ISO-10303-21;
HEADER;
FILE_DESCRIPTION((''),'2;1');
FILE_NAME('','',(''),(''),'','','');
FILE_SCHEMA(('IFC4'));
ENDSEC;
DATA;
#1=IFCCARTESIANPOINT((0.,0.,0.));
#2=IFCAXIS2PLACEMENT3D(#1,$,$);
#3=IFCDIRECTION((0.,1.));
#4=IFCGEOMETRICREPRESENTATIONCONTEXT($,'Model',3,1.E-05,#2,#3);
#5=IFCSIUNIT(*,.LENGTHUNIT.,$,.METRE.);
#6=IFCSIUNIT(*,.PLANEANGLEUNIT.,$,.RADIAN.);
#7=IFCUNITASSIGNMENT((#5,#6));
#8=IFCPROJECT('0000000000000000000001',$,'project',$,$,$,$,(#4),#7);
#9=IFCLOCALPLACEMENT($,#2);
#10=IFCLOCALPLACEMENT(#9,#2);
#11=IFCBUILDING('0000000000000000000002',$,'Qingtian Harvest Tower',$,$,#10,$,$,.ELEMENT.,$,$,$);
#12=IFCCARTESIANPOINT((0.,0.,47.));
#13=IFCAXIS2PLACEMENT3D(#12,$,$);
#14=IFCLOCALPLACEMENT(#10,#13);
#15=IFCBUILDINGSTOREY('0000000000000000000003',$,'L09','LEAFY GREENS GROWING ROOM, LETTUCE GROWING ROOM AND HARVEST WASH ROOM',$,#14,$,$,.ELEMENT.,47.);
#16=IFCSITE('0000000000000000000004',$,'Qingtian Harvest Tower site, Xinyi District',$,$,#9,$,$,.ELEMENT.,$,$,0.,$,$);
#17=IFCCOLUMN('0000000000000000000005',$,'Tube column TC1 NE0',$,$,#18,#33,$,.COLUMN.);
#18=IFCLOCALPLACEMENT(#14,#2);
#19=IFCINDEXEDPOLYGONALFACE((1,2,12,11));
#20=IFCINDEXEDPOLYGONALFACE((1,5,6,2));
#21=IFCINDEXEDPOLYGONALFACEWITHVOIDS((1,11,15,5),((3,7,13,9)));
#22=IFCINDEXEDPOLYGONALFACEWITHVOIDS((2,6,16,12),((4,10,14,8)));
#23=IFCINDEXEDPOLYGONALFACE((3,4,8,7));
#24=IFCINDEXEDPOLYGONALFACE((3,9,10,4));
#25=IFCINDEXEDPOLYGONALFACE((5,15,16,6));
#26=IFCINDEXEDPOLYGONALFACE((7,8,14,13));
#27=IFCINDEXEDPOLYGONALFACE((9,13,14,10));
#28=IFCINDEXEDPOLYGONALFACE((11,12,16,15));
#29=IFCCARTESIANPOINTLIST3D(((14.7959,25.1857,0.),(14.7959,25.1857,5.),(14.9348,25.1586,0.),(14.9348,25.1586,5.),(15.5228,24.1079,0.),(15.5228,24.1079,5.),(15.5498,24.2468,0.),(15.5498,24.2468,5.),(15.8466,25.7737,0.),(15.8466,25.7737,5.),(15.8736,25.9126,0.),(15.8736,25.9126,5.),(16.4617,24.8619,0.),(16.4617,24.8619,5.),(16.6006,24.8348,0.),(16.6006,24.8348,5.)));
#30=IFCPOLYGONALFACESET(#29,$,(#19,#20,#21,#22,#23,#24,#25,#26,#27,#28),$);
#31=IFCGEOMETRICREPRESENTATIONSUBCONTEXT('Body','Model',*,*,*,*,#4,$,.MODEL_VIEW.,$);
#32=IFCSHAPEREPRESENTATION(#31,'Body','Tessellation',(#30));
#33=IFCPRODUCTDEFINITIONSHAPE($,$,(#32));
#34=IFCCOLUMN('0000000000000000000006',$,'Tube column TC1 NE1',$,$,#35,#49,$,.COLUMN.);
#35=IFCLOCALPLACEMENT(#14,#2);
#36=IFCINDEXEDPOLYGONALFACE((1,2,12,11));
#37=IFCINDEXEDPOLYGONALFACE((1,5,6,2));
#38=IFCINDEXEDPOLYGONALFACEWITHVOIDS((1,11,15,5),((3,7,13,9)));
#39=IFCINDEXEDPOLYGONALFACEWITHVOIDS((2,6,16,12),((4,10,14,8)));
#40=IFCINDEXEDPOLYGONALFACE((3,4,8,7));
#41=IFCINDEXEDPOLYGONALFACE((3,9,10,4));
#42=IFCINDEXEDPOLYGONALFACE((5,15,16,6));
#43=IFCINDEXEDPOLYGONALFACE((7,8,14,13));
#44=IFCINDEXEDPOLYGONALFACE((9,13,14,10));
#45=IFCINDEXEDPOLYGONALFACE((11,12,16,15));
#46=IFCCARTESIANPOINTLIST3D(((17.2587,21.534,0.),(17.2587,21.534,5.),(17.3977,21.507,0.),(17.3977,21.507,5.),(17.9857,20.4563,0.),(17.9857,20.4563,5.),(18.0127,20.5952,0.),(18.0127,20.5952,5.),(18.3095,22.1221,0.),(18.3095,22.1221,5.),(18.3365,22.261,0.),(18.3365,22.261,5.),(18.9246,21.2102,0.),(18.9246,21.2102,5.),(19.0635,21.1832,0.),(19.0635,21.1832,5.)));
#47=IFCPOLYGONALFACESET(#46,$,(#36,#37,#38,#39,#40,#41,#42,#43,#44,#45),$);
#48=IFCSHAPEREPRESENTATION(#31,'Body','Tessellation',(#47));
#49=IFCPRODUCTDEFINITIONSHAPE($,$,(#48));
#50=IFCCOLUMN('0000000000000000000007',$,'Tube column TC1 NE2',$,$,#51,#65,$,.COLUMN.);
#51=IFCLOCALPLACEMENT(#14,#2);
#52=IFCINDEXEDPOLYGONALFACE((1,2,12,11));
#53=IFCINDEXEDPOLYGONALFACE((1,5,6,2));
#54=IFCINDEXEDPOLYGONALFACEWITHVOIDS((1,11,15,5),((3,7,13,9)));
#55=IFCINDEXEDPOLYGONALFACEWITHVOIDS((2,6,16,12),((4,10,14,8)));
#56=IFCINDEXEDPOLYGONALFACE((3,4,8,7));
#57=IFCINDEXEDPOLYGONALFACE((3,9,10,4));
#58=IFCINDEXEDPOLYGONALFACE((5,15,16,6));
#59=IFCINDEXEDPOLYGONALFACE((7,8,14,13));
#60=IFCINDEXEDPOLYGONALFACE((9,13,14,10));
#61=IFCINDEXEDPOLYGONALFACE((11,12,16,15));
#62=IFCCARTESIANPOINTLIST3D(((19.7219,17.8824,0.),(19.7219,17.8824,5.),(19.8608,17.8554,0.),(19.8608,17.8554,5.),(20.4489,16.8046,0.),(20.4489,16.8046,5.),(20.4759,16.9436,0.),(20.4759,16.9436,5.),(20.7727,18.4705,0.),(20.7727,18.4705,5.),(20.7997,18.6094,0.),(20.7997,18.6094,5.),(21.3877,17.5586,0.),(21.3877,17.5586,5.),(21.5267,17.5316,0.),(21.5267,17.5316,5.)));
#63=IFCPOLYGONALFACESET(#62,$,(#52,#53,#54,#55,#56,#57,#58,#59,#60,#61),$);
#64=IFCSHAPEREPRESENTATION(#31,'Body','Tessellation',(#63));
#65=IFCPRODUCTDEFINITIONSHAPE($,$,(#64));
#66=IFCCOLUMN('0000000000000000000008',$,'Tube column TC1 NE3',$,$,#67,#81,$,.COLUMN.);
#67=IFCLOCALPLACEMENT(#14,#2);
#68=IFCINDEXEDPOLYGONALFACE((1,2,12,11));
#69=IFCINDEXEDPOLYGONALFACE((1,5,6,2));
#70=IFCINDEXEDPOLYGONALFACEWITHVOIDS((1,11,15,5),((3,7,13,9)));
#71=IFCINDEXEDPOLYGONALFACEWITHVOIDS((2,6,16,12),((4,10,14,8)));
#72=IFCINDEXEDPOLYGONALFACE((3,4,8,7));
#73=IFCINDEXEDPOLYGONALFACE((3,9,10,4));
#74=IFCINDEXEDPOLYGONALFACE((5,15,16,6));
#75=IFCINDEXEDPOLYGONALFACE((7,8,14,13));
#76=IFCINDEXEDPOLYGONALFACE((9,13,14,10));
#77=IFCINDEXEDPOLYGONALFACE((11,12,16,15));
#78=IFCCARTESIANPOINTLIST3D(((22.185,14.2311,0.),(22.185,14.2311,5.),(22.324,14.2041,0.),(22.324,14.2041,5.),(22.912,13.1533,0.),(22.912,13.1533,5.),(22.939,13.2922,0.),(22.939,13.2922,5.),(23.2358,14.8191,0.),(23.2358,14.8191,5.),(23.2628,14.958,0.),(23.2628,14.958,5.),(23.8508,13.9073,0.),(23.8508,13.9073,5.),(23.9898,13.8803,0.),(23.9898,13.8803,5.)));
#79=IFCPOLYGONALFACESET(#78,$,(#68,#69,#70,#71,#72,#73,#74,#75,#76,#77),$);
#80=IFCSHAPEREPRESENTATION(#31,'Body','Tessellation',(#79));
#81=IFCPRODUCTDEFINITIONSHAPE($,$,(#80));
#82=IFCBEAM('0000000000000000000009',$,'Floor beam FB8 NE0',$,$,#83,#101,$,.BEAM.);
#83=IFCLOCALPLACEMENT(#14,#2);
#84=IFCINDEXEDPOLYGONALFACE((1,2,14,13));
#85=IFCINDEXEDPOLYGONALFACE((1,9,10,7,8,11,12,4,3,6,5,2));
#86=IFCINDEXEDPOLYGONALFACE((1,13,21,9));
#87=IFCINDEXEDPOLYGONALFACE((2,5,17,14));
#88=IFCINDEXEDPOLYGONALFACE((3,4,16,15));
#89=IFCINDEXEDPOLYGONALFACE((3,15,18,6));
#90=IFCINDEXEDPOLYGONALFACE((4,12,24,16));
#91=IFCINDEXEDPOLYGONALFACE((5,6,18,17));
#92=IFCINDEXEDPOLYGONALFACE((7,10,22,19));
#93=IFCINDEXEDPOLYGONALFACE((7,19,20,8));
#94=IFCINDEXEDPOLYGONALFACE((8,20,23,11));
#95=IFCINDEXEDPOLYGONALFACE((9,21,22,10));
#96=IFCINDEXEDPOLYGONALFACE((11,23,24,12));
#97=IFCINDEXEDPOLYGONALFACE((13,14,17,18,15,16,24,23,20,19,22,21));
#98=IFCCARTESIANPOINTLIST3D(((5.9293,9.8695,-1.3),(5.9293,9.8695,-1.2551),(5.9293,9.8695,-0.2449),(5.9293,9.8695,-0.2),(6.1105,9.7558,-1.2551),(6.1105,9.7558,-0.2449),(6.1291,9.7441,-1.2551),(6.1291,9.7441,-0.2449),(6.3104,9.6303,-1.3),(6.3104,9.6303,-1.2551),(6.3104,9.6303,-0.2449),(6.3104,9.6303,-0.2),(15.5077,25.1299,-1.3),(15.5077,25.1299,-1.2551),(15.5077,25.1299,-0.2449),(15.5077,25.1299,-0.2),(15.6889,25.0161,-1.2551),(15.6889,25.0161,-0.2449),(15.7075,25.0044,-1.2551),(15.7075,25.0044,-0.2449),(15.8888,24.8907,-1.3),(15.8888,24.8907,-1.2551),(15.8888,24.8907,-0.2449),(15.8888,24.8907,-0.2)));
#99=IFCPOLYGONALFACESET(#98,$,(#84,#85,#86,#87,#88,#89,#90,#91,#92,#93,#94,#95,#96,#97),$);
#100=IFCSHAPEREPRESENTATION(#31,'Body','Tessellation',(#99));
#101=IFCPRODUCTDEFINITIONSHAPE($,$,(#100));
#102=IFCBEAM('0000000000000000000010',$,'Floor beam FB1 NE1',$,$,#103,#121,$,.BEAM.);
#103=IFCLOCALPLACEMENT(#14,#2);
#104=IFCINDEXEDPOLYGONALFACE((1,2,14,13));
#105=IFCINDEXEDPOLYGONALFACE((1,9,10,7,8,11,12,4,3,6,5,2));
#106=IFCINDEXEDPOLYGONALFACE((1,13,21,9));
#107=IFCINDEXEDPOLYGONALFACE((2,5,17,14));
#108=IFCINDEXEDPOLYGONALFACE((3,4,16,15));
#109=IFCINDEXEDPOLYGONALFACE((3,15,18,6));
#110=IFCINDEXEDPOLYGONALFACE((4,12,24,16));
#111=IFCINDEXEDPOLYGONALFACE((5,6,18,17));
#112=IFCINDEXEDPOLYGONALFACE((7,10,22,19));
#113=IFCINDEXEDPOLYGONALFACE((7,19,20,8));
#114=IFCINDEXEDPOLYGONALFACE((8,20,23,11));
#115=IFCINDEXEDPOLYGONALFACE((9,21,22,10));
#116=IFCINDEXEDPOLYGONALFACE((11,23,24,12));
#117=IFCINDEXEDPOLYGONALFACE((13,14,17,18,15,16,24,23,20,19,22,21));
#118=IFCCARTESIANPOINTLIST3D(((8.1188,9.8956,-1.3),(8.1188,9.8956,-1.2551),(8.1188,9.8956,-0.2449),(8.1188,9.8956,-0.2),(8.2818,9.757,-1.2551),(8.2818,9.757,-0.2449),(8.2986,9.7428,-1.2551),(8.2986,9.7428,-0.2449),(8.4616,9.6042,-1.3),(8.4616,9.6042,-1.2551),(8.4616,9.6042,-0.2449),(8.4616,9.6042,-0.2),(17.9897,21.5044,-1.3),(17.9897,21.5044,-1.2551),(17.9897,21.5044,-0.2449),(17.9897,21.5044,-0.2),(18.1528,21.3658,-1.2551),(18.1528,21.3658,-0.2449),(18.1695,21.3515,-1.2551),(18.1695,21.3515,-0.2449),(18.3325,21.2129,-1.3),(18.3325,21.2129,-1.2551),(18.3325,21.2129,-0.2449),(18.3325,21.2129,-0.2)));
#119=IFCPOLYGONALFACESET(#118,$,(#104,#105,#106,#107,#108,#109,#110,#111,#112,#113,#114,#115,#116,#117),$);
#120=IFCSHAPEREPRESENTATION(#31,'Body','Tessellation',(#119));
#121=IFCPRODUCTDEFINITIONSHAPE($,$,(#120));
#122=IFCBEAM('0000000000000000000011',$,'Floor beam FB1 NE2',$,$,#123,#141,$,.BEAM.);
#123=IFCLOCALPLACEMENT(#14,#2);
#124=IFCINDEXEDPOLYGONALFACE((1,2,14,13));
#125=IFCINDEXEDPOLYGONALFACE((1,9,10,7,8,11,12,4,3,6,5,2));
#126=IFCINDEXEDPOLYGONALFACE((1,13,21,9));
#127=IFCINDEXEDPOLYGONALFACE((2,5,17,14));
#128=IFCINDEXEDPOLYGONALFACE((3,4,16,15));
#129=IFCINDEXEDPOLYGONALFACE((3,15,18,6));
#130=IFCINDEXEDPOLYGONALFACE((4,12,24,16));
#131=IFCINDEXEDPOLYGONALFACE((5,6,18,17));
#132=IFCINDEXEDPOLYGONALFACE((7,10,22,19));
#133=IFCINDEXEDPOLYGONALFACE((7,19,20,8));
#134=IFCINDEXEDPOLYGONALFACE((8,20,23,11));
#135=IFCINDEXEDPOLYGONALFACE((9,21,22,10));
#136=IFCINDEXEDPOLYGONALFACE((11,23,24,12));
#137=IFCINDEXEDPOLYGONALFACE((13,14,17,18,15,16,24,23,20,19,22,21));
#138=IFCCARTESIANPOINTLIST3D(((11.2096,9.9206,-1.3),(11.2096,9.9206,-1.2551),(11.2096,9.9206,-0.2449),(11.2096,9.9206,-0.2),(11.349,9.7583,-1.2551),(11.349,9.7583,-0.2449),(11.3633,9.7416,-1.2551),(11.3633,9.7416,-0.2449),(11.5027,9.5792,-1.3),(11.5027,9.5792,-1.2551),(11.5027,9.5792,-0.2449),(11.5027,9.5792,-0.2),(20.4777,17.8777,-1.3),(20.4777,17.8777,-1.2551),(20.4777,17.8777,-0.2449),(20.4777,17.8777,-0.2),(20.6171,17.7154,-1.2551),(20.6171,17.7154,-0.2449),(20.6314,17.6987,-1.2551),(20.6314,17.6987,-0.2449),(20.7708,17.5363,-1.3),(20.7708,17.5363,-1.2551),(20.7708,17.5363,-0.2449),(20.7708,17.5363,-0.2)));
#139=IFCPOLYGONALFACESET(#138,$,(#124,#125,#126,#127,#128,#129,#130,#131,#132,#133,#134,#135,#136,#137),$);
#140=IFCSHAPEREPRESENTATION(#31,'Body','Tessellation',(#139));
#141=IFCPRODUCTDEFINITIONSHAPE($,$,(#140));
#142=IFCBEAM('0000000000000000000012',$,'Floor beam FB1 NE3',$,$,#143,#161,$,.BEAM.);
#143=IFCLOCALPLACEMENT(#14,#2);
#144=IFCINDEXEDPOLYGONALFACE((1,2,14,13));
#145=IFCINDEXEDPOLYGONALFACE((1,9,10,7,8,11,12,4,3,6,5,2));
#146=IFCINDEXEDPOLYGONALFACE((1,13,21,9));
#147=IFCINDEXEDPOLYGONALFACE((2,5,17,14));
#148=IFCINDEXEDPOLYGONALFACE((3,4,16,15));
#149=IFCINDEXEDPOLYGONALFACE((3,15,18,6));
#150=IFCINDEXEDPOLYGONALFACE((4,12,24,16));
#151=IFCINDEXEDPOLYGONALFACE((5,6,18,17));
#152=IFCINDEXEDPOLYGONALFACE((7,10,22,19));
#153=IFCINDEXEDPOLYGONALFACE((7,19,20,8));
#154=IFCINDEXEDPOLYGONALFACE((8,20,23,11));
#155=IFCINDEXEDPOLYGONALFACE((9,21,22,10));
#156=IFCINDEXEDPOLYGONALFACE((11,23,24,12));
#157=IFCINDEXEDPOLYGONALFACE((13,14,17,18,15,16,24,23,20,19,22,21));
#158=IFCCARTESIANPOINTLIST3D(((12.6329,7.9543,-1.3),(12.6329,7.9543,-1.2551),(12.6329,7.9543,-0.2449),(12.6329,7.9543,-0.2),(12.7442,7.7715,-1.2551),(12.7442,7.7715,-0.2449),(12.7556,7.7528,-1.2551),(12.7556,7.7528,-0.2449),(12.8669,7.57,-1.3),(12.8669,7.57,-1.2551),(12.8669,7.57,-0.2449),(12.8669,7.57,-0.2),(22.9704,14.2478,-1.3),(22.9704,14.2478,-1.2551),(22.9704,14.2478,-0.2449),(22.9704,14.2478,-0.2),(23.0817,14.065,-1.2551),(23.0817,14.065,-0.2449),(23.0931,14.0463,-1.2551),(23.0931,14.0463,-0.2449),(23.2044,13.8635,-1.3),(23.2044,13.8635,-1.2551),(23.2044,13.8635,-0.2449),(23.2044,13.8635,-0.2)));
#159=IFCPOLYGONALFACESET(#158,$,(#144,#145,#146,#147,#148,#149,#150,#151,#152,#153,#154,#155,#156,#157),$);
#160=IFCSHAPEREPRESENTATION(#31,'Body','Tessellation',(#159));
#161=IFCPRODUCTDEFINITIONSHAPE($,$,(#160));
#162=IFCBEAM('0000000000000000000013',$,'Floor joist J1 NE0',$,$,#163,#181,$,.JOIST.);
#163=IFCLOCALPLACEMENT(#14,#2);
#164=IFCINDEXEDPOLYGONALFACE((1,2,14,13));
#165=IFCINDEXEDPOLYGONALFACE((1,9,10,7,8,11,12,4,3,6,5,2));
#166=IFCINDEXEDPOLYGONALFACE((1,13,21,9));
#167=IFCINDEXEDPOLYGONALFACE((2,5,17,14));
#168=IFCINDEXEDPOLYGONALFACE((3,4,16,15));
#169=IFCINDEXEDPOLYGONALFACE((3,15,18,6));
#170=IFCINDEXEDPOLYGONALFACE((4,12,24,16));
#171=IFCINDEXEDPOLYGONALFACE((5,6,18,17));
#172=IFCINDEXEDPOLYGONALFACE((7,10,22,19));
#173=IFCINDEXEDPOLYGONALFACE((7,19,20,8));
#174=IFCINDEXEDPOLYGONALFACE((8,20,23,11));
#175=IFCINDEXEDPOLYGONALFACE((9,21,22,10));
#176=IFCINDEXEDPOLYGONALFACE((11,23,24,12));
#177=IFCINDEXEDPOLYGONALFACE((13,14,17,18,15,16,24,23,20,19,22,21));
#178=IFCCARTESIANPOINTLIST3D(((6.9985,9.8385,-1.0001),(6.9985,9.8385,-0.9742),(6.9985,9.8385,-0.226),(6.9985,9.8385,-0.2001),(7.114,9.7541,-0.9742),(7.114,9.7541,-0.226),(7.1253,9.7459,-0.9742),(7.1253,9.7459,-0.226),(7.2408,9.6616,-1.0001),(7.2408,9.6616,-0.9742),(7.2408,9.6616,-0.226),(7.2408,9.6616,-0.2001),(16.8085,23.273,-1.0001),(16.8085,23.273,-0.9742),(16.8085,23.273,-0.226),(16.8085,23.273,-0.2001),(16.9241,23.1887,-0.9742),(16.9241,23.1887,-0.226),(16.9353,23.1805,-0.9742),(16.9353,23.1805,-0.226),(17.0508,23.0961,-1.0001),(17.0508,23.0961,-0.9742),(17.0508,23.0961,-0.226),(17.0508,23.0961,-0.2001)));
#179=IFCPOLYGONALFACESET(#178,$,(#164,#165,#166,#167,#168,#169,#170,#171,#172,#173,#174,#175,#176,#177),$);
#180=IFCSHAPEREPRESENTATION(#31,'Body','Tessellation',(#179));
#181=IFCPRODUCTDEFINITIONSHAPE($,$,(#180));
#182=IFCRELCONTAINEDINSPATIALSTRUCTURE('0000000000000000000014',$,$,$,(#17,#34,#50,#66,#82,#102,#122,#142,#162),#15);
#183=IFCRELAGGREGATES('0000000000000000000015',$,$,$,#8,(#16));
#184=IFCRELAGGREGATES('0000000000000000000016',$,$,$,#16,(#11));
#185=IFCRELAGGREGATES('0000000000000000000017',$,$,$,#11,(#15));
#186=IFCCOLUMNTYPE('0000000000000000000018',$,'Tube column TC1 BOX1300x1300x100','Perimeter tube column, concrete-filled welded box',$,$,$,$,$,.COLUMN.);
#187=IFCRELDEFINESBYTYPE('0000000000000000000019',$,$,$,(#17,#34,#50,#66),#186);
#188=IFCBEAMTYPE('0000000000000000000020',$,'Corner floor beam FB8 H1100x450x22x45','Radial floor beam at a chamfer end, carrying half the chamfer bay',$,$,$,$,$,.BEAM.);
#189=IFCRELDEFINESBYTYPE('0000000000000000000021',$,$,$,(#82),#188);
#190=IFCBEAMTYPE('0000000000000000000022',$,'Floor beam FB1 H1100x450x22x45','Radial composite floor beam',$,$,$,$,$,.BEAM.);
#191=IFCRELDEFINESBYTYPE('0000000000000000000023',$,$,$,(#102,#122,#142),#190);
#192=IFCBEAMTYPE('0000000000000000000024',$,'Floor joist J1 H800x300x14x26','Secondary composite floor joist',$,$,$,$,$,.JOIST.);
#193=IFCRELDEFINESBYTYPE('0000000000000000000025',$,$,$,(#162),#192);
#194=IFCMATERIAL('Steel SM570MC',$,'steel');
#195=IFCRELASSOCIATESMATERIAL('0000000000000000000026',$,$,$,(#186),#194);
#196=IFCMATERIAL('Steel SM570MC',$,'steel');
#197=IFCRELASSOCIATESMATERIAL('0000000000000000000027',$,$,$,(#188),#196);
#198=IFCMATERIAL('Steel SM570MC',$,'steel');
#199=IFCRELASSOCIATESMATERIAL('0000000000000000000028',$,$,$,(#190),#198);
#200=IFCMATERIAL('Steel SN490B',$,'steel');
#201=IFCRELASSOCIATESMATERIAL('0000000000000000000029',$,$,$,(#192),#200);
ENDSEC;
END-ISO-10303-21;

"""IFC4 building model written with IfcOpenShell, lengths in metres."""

from ifc_helpers import new_model, si_unit, direction, frame, origin, origin_2d, place, context, subcontext, project, spatial, hollow_rectangle, i_section, extrude, material, material_profile, profile_set, type_object, element, save


model = new_model("IFC4")

# Units and contexts
model_context = context("Model", 3, precision=1e-05, world=origin(), true_north=direction((0.0, 1.0)))
body_context = subcontext(model_context, "Body", "Model", "MODEL_VIEW")
ifc_project = project(units=[si_unit("LENGTHUNIT", "METRE"), si_unit("PLANEANGLEUNIT", "RADIAN")], contexts=[model_context])

# Site, building, storey
site_placement = place(None, origin())
site = spatial("IfcSite", under=ifc_project, at=site_placement, Name="Qingtian Harvest Tower site, Xinyi District", CompositionType="ELEMENT", RefElevation=0.0)
building_placement = place(site_placement, origin())
building = spatial("IfcBuilding", under=site, at=building_placement, Name="Qingtian Harvest Tower", CompositionType="ELEMENT")
storey_placement = place(building_placement, frame((0.0, 0.0, 47.0)))
storey = spatial("IfcBuildingStorey", under=building, at=storey_placement, Name="L09", Description="LEAFY GREENS GROWING ROOM, LETTUCE GROWING ROOM AND HARVEST WASH ROOM", CompositionType="ELEMENT", Elevation=47.0)

# Columns
ifc_material_1 = material(Name="Steel SM570MC", Category="steel")
ifc_material_profile_1 = material_profile(ifc_material_1, hollow_rectangle(XDim=1.3, YDim=1.3, WallThickness=0.1001, at=origin_2d()), Name="BOX1300x1300x100")
ifc_profile_set_1 = profile_set([ifc_material_profile_1], Name="Steel SM570MC")
column_type = type_object("IfcColumnType", Name="Tube column TC1 BOX1300x1300x100", Description="Perimeter tube column, concrete-filled welded box", PredefinedType="COLUMN", material=ifc_profile_set_1)
for number, where, z_axis, x_axis, name in (
    (1, (15.6982, 25.0103, 0.0), (0.0, 0.0, 1.0), (-0.559193, 0.829038, 0.0), "Tube column TC1 NE0"),
    (2, (18.1611, 21.3586, 0.0), (0.0, 0.0, 1.0), (-0.559193, 0.829038, 0.0), "Tube column TC1 NE1"),
    (3, (20.6243, 17.707, 0.0), (0.0, 0.0, 1.0), (-0.559193, 0.829038, 0.0), "Tube column TC1 NE2"),
    (4, (23.0874, 14.0557, 0.0), (0.0, 0.0, 1.0), (-0.559193, 0.829038, 0.0), "Tube column TC1 NE3"),
):
    element("IfcColumn", number, at=place(storey_placement, frame(where, z_axis=z_axis, x_axis=x_axis)), inside=storey, type_object=column_type, Name=name, PredefinedType="COLUMN", context=body_context, shape_type="SweptSolid", body=[
        extrude(hollow_rectangle(XDim=1.3, YDim=1.3, WallThickness=0.1001, at=origin_2d()), origin(), (0.0, 0.0, 1.0), 5.0),
    ])

# Beams
ifc_material_2 = material(Name="Steel SM570MC", Category="steel")
ifc_material_profile_2 = material_profile(ifc_material_2, i_section(OverallWidth=0.45, OverallDepth=1.1001, WebThickness=0.022, FlangeThickness=0.0449, at=origin_2d()), Name="H1100x450x22x45")
ifc_profile_set_2 = profile_set([ifc_material_profile_2], Name="Steel SM570MC")
beam_type_1 = type_object("IfcBeamType", Name="Corner floor beam FB8 H1100x450x22x45", Description="Radial floor beam at a chamfer end, carrying half the chamfer bay", PredefinedType="BEAM", material=ifc_profile_set_2)
beam_1_placement = place(storey_placement, frame((15.6982, 25.0103, -0.75), z_axis=(-0.531623, -0.846981, 0.0), x_axis=(0.846981, -0.531623, 0.0)))
element("IfcBeam", 5, at=beam_1_placement, inside=storey, type_object=beam_type_1, Name="Floor beam FB8 NE0", PredefinedType="BEAM", context=body_context, shape_type="SweptSolid", body=[
    extrude(i_section(OverallWidth=0.45, OverallDepth=1.1001, WebThickness=0.022, FlangeThickness=0.0449, at=origin_2d()), origin(), (0.0, 0.0, 1.0), 18.0173),
])
ifc_material_3 = material(Name="Steel SM570MC", Category="steel")
ifc_material_profile_3 = material_profile(ifc_material_3, i_section(OverallWidth=0.45, OverallDepth=1.1001, WebThickness=0.022, FlangeThickness=0.0449, at=origin_2d()), Name="H1100x450x22x45")
ifc_profile_set_3 = profile_set([ifc_material_profile_3], Name="Steel SM570MC")
beam_type_2 = type_object("IfcBeamType", Name="Floor beam FB1 H1100x450x22x45", Description="Radial composite floor beam", PredefinedType="BEAM", material=ifc_profile_set_3)
beam_2_placement = place(storey_placement, frame((18.1611, 21.3586, -0.75), z_axis=(-0.647782, -0.761826, 0.0), x_axis=(0.761826, -0.647782, 0.0)))
element("IfcBeam", 6, at=beam_2_placement, inside=storey, type_object=beam_type_2, Name="Floor beam FB1 NE1", PredefinedType="BEAM", context=body_context, shape_type="SweptSolid", body=[
    extrude(i_section(OverallWidth=0.45, OverallDepth=1.1001, WebThickness=0.022, FlangeThickness=0.0449, at=origin_2d()), origin(), (0.0, 0.0, 1.0), 15.238),
])
beam_3_placement = place(storey_placement, frame((20.6243, 17.707, -0.75), z_axis=(-0.758732, -0.651403, 0.0), x_axis=(0.651403, -0.758732, 0.0)))
element("IfcBeam", 7, at=beam_3_placement, inside=storey, type_object=beam_type_2, Name="Floor beam FB1 NE2", PredefinedType="BEAM", context=body_context, shape_type="SweptSolid", body=[
    extrude(i_section(OverallWidth=0.45, OverallDepth=1.1001, WebThickness=0.022, FlangeThickness=0.0449, at=origin_2d()), origin(), (0.0, 0.0, 1.0), 12.2153),
])
beam_4_placement = place(storey_placement, frame((23.0874, 14.0557, -0.75), z_axis=(-0.854157, -0.520015, 0.0), x_axis=(0.520015, -0.854157, 0.0)))
element("IfcBeam", 8, at=beam_4_placement, inside=storey, type_object=beam_type_2, Name="Floor beam FB1 NE3", PredefinedType="BEAM", context=body_context, shape_type="SweptSolid", body=[
    extrude(i_section(OverallWidth=0.45, OverallDepth=1.1001, WebThickness=0.022, FlangeThickness=0.0449, at=origin_2d()), origin(), (0.0, 0.0, 1.0), 12.1025),
])
ifc_material_4 = material(Name="Steel SN490B", Category="steel")
ifc_material_profile_4 = material_profile(ifc_material_4, i_section(OverallWidth=0.3, OverallDepth=0.8, WebThickness=0.0139, FlangeThickness=0.0259, at=origin_2d()), Name="H800x300x14x26")
ifc_profile_set_4 = profile_set([ifc_material_profile_4], Name="Steel SN490B")
beam_type_3 = type_object("IfcBeamType", Name="Floor joist J1 H800x300x14x26", Description="Secondary composite floor joist", PredefinedType="JOIST", material=ifc_profile_set_4)
beam_5_placement = place(storey_placement, frame((16.9297, 23.1846, -0.6001), z_axis=(-0.589722, -0.807606, 0.0), x_axis=(0.807606, -0.589722, 0.0)))
element("IfcBeam", 9, at=beam_5_placement, inside=storey, type_object=beam_type_3, Name="Floor joist J1 NE0", PredefinedType="JOIST", context=body_context, shape_type="SweptSolid", body=[
    extrude(i_section(OverallWidth=0.3, OverallDepth=0.8, WebThickness=0.0139, FlangeThickness=0.0259, at=origin_2d()), origin(), (0.0, 0.0, 1.0), 16.635),
])

save(model, "model.ifc")
